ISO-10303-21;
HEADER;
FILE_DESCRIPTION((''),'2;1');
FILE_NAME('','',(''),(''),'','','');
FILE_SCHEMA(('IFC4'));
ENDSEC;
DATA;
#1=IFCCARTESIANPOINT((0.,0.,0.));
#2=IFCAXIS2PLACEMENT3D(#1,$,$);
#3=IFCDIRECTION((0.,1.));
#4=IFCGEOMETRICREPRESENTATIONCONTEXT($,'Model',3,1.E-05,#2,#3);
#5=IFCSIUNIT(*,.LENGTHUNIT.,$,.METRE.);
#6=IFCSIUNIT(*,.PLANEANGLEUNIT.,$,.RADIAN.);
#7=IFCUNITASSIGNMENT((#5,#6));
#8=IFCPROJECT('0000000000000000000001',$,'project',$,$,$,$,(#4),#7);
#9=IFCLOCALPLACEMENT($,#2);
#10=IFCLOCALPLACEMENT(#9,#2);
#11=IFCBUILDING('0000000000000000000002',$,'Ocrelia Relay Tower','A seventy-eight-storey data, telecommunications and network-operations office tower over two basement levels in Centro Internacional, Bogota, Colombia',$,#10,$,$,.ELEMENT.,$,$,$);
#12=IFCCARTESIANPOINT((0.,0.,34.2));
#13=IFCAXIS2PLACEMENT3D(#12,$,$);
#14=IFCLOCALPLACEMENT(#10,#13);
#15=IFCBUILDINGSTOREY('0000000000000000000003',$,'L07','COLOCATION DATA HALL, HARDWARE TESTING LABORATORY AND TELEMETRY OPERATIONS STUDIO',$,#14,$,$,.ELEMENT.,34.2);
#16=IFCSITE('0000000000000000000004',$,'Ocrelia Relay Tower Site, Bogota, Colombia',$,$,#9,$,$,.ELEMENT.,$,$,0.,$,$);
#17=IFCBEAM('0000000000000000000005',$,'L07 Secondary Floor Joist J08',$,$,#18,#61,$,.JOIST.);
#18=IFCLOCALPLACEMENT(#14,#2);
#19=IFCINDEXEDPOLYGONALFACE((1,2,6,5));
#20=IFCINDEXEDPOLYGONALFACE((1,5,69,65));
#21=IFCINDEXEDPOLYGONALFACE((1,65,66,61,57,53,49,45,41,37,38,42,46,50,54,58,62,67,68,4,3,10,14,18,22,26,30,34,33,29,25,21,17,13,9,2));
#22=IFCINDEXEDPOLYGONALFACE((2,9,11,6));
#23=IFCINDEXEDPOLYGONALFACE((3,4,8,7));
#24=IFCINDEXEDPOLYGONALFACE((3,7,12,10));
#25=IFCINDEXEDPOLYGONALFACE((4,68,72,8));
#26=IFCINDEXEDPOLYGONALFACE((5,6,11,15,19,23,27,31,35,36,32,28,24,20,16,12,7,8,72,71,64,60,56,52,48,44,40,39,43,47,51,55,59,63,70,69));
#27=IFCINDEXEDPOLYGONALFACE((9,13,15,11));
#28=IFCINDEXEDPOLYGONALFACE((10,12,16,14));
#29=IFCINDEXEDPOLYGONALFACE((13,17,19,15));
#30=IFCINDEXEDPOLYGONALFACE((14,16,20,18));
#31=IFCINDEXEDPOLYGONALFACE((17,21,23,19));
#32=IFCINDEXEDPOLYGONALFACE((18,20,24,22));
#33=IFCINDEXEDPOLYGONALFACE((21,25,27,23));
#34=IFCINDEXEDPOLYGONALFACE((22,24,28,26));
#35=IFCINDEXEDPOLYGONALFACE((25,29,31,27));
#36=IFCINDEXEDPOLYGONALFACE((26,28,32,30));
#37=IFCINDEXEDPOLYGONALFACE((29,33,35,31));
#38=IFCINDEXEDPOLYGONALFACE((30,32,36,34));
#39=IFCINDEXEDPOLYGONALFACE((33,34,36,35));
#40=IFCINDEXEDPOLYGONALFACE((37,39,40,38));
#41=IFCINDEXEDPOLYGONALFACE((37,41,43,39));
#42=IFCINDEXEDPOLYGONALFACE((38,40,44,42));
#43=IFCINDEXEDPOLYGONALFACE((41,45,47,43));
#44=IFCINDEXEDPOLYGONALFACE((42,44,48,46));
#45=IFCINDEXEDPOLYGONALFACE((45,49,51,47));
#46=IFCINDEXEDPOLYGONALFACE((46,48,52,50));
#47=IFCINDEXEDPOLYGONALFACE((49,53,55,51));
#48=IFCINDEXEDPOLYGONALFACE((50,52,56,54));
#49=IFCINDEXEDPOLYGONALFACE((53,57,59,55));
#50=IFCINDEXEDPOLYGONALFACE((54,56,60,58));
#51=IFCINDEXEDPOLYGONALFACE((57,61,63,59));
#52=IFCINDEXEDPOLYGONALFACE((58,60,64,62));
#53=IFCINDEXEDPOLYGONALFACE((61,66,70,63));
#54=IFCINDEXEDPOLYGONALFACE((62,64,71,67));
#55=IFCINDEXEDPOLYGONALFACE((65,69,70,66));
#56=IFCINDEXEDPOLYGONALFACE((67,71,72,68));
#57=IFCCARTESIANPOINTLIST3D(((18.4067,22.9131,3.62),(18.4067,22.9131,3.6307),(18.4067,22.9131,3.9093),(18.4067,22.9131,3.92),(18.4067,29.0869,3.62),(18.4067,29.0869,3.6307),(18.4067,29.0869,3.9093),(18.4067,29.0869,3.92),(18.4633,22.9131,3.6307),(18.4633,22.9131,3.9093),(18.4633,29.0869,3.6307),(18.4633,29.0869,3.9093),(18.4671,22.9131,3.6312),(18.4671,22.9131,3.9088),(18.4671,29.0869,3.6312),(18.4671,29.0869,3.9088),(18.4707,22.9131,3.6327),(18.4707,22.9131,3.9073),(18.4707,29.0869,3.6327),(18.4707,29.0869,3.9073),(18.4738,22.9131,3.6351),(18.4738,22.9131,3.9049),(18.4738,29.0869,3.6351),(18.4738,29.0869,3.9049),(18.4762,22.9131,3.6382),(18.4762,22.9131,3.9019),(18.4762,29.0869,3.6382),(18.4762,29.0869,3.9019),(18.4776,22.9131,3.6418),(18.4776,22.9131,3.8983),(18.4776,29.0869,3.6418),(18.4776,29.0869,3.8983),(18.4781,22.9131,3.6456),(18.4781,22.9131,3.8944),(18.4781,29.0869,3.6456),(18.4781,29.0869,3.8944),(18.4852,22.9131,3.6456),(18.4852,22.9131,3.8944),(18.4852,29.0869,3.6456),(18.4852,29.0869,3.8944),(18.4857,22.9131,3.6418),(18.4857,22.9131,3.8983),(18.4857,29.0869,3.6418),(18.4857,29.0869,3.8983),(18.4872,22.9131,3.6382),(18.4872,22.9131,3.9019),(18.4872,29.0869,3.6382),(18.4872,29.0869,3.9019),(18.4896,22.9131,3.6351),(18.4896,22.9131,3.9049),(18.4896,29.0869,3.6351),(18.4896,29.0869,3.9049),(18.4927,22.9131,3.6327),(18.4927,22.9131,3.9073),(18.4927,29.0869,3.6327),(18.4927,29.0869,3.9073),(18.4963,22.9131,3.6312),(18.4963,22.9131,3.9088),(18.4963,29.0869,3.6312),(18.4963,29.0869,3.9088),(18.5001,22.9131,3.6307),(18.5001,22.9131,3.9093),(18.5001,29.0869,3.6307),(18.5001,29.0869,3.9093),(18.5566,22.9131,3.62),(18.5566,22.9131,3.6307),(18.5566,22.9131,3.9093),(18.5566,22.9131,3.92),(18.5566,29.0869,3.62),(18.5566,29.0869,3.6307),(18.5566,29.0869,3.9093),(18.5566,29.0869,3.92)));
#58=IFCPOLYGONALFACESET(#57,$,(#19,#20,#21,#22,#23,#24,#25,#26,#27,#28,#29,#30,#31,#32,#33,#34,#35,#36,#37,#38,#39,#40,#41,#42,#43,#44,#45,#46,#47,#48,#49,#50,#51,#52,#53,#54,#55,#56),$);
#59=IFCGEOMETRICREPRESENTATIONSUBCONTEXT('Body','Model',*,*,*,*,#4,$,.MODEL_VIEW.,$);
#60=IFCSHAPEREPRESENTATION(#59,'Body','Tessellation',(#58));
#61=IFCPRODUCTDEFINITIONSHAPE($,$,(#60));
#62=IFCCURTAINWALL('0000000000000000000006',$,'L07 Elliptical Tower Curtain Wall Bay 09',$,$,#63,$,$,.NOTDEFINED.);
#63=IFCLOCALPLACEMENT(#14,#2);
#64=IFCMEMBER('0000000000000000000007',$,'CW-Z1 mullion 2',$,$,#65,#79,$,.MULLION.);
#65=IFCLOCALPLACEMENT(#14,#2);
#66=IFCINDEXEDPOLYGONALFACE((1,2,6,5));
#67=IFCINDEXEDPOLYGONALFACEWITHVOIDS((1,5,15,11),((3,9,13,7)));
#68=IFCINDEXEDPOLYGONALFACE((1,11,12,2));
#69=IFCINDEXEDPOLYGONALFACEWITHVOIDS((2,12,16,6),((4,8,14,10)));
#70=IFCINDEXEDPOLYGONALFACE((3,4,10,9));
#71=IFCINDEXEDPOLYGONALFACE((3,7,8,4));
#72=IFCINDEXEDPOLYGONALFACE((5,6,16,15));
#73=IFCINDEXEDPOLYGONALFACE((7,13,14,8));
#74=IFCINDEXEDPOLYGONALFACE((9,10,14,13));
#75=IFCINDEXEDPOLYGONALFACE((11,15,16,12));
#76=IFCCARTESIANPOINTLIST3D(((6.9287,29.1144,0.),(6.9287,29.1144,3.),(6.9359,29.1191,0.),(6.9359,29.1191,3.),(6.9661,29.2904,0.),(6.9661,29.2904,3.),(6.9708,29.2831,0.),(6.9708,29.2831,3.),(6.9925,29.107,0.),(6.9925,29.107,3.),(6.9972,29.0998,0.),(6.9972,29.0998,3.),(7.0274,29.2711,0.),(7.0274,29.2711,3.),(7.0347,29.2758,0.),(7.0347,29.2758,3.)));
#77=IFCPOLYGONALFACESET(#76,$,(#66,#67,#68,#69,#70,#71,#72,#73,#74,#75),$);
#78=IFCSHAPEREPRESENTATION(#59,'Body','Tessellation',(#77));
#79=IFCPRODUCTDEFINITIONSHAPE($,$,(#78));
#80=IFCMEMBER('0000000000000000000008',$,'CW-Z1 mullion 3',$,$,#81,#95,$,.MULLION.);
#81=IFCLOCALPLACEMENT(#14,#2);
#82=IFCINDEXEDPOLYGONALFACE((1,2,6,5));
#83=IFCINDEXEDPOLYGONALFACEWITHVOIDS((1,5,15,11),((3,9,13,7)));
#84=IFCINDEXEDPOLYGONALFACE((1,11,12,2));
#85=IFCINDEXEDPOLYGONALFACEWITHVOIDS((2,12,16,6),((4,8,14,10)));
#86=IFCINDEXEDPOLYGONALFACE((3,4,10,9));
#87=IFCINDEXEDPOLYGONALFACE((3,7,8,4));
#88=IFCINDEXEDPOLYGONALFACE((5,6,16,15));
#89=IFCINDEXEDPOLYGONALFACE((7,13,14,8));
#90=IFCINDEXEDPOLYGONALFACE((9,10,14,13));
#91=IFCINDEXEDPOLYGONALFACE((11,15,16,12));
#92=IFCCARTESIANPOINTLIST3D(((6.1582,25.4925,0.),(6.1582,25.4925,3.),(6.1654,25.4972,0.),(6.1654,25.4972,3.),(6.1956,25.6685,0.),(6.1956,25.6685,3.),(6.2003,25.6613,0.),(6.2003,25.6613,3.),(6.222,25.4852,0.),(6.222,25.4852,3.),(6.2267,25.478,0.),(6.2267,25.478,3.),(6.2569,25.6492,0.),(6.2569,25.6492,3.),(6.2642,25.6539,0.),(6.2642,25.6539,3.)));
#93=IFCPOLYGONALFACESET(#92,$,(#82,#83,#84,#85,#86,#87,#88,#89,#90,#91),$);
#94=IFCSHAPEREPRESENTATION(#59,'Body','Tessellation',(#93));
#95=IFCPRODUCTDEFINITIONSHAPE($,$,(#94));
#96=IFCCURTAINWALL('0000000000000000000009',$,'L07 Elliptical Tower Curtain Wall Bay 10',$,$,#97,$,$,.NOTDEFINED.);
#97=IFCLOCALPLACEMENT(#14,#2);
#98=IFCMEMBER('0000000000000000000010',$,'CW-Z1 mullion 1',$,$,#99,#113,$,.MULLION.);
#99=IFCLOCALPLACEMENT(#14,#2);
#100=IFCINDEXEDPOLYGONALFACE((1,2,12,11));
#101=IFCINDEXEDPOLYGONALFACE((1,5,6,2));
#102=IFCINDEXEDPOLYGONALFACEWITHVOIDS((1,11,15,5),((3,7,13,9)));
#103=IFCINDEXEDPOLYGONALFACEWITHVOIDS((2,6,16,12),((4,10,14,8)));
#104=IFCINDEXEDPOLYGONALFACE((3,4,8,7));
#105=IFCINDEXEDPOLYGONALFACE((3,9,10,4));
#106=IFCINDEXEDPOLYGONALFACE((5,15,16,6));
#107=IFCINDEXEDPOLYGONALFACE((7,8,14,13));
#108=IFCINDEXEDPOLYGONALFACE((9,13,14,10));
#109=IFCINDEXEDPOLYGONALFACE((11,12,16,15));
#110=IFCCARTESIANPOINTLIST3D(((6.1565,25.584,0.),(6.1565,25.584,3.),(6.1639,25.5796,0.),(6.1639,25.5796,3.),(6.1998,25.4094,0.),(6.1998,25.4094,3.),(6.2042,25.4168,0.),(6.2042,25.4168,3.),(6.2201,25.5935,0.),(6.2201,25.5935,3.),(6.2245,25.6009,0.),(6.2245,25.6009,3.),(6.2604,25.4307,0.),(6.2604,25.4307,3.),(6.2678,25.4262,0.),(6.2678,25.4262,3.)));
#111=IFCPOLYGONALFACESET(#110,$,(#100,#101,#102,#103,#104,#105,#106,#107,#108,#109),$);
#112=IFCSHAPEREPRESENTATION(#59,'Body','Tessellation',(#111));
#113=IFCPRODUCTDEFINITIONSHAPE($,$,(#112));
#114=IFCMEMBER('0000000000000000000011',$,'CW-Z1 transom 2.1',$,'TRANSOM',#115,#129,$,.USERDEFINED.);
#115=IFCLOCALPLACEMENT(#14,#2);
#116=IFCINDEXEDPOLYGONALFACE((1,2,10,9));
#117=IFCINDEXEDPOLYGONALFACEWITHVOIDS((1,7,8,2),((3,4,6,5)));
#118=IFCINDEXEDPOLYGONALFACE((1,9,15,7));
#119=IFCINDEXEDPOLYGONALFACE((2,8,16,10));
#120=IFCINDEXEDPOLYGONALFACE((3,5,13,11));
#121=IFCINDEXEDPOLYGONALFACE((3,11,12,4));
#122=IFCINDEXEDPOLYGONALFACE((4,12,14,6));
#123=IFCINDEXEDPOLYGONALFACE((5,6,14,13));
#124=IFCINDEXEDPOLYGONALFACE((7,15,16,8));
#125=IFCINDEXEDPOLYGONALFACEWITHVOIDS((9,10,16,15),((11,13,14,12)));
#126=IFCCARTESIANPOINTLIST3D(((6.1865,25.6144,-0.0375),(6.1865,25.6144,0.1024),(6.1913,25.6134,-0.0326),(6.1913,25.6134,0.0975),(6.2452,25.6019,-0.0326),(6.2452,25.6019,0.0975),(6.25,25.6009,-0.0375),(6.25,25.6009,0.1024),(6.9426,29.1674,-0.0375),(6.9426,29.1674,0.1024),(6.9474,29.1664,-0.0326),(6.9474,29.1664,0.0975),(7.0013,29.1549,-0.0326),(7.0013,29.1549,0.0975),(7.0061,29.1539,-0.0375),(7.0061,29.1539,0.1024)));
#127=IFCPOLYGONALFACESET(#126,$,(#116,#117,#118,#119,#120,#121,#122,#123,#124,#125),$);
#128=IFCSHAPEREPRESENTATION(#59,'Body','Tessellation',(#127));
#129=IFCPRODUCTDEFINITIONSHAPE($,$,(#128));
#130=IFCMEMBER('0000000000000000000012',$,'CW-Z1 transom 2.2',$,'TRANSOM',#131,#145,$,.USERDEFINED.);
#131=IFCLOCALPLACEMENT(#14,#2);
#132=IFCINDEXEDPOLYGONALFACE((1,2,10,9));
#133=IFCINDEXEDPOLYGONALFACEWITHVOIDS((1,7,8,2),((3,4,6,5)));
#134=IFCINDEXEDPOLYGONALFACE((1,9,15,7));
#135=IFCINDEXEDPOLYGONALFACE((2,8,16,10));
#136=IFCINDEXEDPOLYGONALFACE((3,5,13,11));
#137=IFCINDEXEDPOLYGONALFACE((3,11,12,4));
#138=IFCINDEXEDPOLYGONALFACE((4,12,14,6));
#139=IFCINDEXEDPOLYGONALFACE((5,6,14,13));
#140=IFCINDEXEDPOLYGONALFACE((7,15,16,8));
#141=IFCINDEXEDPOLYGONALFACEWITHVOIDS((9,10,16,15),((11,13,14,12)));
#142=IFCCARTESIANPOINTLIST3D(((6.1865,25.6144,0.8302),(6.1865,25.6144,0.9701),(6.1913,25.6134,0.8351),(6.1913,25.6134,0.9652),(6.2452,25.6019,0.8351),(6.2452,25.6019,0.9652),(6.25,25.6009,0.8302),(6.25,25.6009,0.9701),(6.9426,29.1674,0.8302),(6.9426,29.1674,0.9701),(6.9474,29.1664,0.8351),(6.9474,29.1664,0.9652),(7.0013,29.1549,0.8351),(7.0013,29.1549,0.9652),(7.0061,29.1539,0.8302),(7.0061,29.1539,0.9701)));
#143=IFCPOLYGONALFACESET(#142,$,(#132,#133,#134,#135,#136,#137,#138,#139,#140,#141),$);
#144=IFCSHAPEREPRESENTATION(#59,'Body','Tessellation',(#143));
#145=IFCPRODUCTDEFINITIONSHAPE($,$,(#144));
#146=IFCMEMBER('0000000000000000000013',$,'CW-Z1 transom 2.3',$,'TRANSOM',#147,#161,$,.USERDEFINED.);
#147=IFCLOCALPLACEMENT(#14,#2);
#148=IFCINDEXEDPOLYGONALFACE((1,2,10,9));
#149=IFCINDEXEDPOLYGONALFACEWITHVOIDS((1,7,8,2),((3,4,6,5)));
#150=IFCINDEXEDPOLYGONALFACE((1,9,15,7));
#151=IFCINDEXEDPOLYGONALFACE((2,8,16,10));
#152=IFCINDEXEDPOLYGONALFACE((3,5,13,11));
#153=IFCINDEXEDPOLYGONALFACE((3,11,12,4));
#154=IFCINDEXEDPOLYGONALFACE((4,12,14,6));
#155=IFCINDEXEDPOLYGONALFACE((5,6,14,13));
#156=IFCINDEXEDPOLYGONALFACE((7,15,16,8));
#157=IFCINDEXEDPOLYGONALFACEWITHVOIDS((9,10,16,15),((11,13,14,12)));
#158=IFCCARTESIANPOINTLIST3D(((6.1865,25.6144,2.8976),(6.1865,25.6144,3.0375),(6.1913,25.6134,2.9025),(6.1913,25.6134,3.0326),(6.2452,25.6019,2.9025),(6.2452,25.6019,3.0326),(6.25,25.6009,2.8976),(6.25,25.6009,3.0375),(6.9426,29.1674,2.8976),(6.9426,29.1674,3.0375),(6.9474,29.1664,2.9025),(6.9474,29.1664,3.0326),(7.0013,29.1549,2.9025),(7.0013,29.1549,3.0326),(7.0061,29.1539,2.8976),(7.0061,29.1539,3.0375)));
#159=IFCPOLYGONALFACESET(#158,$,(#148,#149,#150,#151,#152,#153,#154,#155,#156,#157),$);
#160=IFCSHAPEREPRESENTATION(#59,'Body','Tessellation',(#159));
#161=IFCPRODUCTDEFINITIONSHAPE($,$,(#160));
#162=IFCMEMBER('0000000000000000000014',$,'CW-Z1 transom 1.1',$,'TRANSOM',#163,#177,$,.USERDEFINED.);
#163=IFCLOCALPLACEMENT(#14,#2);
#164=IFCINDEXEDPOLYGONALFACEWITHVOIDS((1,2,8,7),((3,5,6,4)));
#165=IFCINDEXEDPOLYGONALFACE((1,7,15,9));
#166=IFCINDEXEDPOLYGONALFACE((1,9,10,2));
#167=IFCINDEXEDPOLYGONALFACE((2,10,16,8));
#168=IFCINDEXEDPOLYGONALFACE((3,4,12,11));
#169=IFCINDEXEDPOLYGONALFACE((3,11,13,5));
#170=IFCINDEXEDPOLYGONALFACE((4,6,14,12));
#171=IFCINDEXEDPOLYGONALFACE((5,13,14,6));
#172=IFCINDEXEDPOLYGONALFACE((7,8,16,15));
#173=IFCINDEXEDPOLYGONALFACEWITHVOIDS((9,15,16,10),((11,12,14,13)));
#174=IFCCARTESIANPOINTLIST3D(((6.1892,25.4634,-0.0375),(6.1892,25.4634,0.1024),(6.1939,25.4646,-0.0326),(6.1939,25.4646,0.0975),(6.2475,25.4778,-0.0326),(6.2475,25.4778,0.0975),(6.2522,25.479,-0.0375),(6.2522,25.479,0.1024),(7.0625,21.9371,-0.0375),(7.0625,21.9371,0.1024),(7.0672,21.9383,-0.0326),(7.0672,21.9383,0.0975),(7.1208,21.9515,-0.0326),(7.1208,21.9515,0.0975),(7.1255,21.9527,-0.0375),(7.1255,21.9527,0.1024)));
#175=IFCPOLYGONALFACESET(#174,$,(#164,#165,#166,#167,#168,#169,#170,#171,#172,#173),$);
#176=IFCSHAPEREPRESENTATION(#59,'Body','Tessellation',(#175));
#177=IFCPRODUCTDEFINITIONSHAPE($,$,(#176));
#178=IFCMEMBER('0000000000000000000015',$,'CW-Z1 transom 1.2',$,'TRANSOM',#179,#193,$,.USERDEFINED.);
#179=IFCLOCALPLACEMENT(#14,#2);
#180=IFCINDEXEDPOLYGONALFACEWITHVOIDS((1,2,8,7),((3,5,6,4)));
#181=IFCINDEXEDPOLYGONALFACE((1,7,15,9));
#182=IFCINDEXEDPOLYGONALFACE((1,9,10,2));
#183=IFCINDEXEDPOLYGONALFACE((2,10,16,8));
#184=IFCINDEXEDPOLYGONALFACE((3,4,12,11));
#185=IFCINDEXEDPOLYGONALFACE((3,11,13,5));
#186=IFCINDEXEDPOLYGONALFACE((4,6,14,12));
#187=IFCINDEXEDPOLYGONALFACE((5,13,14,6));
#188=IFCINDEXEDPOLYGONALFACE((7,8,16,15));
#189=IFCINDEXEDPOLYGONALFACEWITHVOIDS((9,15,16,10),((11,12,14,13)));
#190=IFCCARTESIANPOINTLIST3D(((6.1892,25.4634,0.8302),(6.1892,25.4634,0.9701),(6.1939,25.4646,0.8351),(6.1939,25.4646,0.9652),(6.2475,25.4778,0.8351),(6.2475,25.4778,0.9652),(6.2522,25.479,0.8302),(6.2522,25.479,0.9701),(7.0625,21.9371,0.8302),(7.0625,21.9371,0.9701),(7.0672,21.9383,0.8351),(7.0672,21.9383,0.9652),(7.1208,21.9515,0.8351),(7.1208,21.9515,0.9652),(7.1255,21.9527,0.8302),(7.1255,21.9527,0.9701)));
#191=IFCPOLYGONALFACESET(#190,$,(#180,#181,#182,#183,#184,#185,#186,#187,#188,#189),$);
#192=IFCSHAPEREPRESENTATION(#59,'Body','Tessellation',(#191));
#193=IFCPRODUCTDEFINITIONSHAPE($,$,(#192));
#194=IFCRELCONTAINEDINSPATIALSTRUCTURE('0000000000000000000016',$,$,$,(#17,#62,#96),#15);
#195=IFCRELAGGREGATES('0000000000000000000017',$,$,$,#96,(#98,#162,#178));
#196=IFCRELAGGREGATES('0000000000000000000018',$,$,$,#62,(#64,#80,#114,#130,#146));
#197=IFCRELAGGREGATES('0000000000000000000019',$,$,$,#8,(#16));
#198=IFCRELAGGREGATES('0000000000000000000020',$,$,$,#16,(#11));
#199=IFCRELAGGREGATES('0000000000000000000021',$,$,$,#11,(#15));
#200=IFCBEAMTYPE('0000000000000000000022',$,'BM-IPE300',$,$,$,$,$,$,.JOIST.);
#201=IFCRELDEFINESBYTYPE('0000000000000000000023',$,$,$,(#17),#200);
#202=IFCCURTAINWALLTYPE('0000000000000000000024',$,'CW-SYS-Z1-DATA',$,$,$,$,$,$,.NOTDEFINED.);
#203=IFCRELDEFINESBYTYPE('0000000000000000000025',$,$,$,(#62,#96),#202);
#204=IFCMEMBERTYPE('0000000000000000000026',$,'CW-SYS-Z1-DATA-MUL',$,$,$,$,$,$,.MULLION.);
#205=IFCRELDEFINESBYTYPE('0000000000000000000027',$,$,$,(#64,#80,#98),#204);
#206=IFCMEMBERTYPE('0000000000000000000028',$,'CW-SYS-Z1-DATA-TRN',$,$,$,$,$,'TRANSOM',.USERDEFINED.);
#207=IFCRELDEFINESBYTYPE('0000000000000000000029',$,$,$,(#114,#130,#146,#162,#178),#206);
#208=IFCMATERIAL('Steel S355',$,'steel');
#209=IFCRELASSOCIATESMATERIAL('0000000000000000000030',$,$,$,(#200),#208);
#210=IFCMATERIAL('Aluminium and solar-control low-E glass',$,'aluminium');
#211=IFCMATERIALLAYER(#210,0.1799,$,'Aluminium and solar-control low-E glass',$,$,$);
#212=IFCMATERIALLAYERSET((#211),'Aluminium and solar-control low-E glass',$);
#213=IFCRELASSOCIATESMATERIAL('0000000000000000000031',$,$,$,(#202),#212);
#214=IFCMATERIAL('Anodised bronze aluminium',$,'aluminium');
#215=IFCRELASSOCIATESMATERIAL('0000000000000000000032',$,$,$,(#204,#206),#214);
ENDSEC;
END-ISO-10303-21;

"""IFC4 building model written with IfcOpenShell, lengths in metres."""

from ifc_helpers import new_model, si_unit, direction, frame, origin, origin_2d, place, context, subcontext, project, spatial, hollow_rectangle, i_section, extrude, material, layer, layer_set, material_profile, profile_set, type_object, element, aggregate, save


model = new_model("IFC4")

# Units and contexts
model_context = context("Model", 3, precision=1e-05, world=origin(), true_north=direction((0.0, 1.0)))
body_context = subcontext(model_context, "Body", "Model", "MODEL_VIEW")
ifc_project = project(units=[si_unit("LENGTHUNIT", "METRE"), si_unit("PLANEANGLEUNIT", "RADIAN")], contexts=[model_context])

# Site, building, storey
site_placement = place(None, origin())
site = spatial("IfcSite", under=ifc_project, at=site_placement, Name="Ocrelia Relay Tower Site, Bogota, Colombia", CompositionType="ELEMENT", RefElevation=0.0)
building_placement = place(site_placement, origin())
building = spatial("IfcBuilding", under=site, at=building_placement, Name="Ocrelia Relay Tower", Description="A seventy-eight-storey data, telecommunications and network-operations office tower over two basement levels in Centro Internacional, Bogota, Colombia", CompositionType="ELEMENT")
storey_placement = place(building_placement, frame((0.0, 0.0, 34.2)))
storey = spatial("IfcBuildingStorey", under=building, at=storey_placement, Name="L07", Description="COLOCATION DATA HALL, HARDWARE TESTING LABORATORY AND TELEMETRY OPERATIONS STUDIO", CompositionType="ELEMENT", Elevation=34.2)

# Beam
ifc_material_1 = material(Name="Steel S355", Category="steel")
ifc_material_profile_1 = material_profile(ifc_material_1, i_section(OverallWidth=0.1499, OverallDepth=0.3, WebThickness=0.0071, FlangeThickness=0.0107, FilletRadius=0.0149, at=origin_2d()), Name="IPE 300")
ifc_profile_set_1 = profile_set([ifc_material_profile_1], Name="Steel S355")
beam_type_1 = type_object("IfcBeamType", Name="BM-IPE300", PredefinedType="JOIST", material=ifc_profile_set_1)
beam_1_placement = place(storey_placement, frame((18.4817, 29.0869, 3.77), z_axis=(0.0, -1.0, 0.0), x_axis=(1.0, 0.0, 0.0)))
element("IfcBeam", 1, at=beam_1_placement, inside=storey, type_object=beam_type_1, Name="L07 Secondary Floor Joist J08", PredefinedType="JOIST", context=body_context, shape_type="SweptSolid", body=[
    extrude(i_section(OverallWidth=0.1499, OverallDepth=0.3, WebThickness=0.0071, FlangeThickness=0.0107, FilletRadius=0.0149, at=origin_2d()), origin(), (0.0, 0.0, 1.0), 6.1738),
])

# Curtain wall, members
ifc_material_2 = material(Name="Aluminium and solar-control low-E glass", Category="aluminium")
ifc_layer_1 = layer(ifc_material_2, 0.1799, Name="Aluminium and solar-control low-E glass")
ifc_layer_set_1 = layer_set([ifc_layer_1], Name="Aluminium and solar-control low-E glass")
curtain_wall_type = type_object("IfcCurtainWallType", Name="CW-SYS-Z1-DATA", PredefinedType="NOTDEFINED", material=ifc_layer_set_1)
curtain_wall_1_placement = place(storey_placement, origin())
curtain_wall_1 = element("IfcCurtainWall", 2, at=curtain_wall_1_placement, inside=storey, type_object=curtain_wall_type, Name="L07 Elliptical Tower Curtain Wall Bay 09", PredefinedType="NOTDEFINED")
ifc_material_3 = material(Name="Anodised bronze aluminium", Category="aluminium")
ifc_material_profile_2 = material_profile(ifc_material_3, hollow_rectangle(XDim=0.0701, YDim=0.1799, WallThickness=0.0061, at=origin_2d()), Name="CW-MUL-180x70")
ifc_profile_set_2 = profile_set([ifc_material_profile_2], Name="Anodised bronze aluminium")
member_type_1 = type_object("IfcMemberType", Name="CW-SYS-Z1-DATA-MUL", PredefinedType="MULLION", material=ifc_profile_set_2)
member_1_placement = place(storey_placement, frame((6.9817, 29.1951, 0.0), z_axis=(0.0, 0.0, 1.0), x_axis=(0.978109, -0.208095, 0.0)))
member_1 = element("IfcMember", 3, at=member_1_placement, type_object=member_type_1, Name="CW-Z1 mullion 2", PredefinedType="MULLION", context=body_context, shape_type="SweptSolid", body=[
    extrude(hollow_rectangle(XDim=0.0701, YDim=0.1799, WallThickness=0.0061, at=origin_2d()), origin(), (0.0, 0.0, 1.0), 3.0),
])
member_2_placement = place(storey_placement, frame((6.2112, 25.5732, 0.0), z_axis=(0.0, 0.0, 1.0), x_axis=(0.978109, -0.208095, 0.0)))
member_2 = element("IfcMember", 4, at=member_2_placement, type_object=member_type_1, Name="CW-Z1 mullion 3", PredefinedType="MULLION", context=body_context, shape_type="SweptSolid", body=[
    extrude(hollow_rectangle(XDim=0.0701, YDim=0.1799, WallThickness=0.0061, at=origin_2d()), origin(), (0.0, 0.0, 1.0), 3.0),
])

# Curtain wall, member
curtain_wall_2_placement = place(storey_placement, origin())
curtain_wall_2 = element("IfcCurtainWall", 5, at=curtain_wall_2_placement, inside=storey, type_object=curtain_wall_type, Name="L07 Elliptical Tower Curtain Wall Bay 10", PredefinedType="NOTDEFINED")
member_3_placement = place(storey_placement, frame((6.2122, 25.5051, 0.0), z_axis=(0.0, 0.0, 1.0), x_axis=(0.970674, 0.240398, 0.0)))
member_3 = element("IfcMember", 6, at=member_3_placement, type_object=member_type_1, Name="CW-Z1 mullion 1", PredefinedType="MULLION", context=body_context, shape_type="SweptSolid", body=[
    extrude(hollow_rectangle(XDim=0.0701, YDim=0.1799, WallThickness=0.0061, at=origin_2d()), origin(), (0.0, 0.0, 1.0), 3.0),
])

# Members
ifc_material_profile_3 = material_profile(ifc_material_3, hollow_rectangle(XDim=0.0649, YDim=0.1399, WallThickness=0.0049, at=origin_2d()), Name="CW-TRN-140x65")
ifc_profile_set_3 = profile_set([ifc_material_profile_3], Name="Anodised bronze aluminium")
member_type_2 = type_object("IfcMemberType", Name="CW-SYS-Z1-DATA-TRN", ElementType="TRANSOM", PredefinedType="USERDEFINED", material=ifc_profile_set_3)
member_4_placement = place(storey_placement, frame((6.9744, 29.1606, 0.0325), z_axis=(-0.208147, -0.978097, 0.0), x_axis=(0.978097, -0.208147, 0.0)))
member_4 = element("IfcMember", 7, at=member_4_placement, type_object=member_type_2, Name="CW-Z1 transom 2.1", ObjectType="TRANSOM", PredefinedType="USERDEFINED", context=body_context, shape_type="SweptSolid", body=[
    extrude(hollow_rectangle(XDim=0.0649, YDim=0.1399, WallThickness=0.0049, at=origin_2d()), origin(), (0.0, 0.0, 1.0), 3.6326),
])
member_5_placement = place(storey_placement, frame((6.9744, 29.1606, 0.9001), z_axis=(-0.208147, -0.978097, 0.0), x_axis=(0.978097, -0.208147, 0.0)))
member_5 = element("IfcMember", 8, at=member_5_placement, type_object=member_type_2, Name="CW-Z1 transom 2.2", ObjectType="TRANSOM", PredefinedType="USERDEFINED", context=body_context, shape_type="SweptSolid", body=[
    extrude(hollow_rectangle(XDim=0.0649, YDim=0.1399, WallThickness=0.0049, at=origin_2d()), origin(), (0.0, 0.0, 1.0), 3.6326),
])
member_6_placement = place(storey_placement, frame((6.9744, 29.1606, 2.9675), z_axis=(-0.208147, -0.978097, 0.0), x_axis=(0.978097, -0.208147, 0.0)))
member_6 = element("IfcMember", 9, at=member_6_placement, type_object=member_type_2, Name="CW-Z1 transom 2.3", ObjectType="TRANSOM", PredefinedType="USERDEFINED", context=body_context, shape_type="SweptSolid", body=[
    extrude(hollow_rectangle(XDim=0.0649, YDim=0.1399, WallThickness=0.0049, at=origin_2d()), origin(), (0.0, 0.0, 1.0), 3.6326),
])
member_7_placement = place(storey_placement, frame((6.2207, 25.4712, 0.0325), z_axis=(0.240385, -0.970678, 0.0), x_axis=(0.970678, 0.240385, 0.0)))
member_7 = element("IfcMember", 10, at=member_7_placement, type_object=member_type_2, Name="CW-Z1 transom 1.1", ObjectType="TRANSOM", PredefinedType="USERDEFINED", context=body_context, shape_type="SweptSolid", body=[
    extrude(hollow_rectangle(XDim=0.0649, YDim=0.1399, WallThickness=0.0049, at=origin_2d()), origin(), (0.0, 0.0, 1.0), 3.6328),
])
member_8_placement = place(storey_placement, frame((6.2207, 25.4712, 0.9001), z_axis=(0.240385, -0.970678, 0.0), x_axis=(0.970678, 0.240385, 0.0)))
member_8 = element("IfcMember", 11, at=member_8_placement, type_object=member_type_2, Name="CW-Z1 transom 1.2", ObjectType="TRANSOM", PredefinedType="USERDEFINED", context=body_context, shape_type="SweptSolid", body=[
    extrude(hollow_rectangle(XDim=0.0649, YDim=0.1399, WallThickness=0.0049, at=origin_2d()), origin(), (0.0, 0.0, 1.0), 3.6328),
])
aggregate(curtain_wall_2, [member_3, member_7, member_8])

aggregate(curtain_wall_1, [member_1, member_2, member_4, member_5, member_6])

save(model, "model.ifc")
